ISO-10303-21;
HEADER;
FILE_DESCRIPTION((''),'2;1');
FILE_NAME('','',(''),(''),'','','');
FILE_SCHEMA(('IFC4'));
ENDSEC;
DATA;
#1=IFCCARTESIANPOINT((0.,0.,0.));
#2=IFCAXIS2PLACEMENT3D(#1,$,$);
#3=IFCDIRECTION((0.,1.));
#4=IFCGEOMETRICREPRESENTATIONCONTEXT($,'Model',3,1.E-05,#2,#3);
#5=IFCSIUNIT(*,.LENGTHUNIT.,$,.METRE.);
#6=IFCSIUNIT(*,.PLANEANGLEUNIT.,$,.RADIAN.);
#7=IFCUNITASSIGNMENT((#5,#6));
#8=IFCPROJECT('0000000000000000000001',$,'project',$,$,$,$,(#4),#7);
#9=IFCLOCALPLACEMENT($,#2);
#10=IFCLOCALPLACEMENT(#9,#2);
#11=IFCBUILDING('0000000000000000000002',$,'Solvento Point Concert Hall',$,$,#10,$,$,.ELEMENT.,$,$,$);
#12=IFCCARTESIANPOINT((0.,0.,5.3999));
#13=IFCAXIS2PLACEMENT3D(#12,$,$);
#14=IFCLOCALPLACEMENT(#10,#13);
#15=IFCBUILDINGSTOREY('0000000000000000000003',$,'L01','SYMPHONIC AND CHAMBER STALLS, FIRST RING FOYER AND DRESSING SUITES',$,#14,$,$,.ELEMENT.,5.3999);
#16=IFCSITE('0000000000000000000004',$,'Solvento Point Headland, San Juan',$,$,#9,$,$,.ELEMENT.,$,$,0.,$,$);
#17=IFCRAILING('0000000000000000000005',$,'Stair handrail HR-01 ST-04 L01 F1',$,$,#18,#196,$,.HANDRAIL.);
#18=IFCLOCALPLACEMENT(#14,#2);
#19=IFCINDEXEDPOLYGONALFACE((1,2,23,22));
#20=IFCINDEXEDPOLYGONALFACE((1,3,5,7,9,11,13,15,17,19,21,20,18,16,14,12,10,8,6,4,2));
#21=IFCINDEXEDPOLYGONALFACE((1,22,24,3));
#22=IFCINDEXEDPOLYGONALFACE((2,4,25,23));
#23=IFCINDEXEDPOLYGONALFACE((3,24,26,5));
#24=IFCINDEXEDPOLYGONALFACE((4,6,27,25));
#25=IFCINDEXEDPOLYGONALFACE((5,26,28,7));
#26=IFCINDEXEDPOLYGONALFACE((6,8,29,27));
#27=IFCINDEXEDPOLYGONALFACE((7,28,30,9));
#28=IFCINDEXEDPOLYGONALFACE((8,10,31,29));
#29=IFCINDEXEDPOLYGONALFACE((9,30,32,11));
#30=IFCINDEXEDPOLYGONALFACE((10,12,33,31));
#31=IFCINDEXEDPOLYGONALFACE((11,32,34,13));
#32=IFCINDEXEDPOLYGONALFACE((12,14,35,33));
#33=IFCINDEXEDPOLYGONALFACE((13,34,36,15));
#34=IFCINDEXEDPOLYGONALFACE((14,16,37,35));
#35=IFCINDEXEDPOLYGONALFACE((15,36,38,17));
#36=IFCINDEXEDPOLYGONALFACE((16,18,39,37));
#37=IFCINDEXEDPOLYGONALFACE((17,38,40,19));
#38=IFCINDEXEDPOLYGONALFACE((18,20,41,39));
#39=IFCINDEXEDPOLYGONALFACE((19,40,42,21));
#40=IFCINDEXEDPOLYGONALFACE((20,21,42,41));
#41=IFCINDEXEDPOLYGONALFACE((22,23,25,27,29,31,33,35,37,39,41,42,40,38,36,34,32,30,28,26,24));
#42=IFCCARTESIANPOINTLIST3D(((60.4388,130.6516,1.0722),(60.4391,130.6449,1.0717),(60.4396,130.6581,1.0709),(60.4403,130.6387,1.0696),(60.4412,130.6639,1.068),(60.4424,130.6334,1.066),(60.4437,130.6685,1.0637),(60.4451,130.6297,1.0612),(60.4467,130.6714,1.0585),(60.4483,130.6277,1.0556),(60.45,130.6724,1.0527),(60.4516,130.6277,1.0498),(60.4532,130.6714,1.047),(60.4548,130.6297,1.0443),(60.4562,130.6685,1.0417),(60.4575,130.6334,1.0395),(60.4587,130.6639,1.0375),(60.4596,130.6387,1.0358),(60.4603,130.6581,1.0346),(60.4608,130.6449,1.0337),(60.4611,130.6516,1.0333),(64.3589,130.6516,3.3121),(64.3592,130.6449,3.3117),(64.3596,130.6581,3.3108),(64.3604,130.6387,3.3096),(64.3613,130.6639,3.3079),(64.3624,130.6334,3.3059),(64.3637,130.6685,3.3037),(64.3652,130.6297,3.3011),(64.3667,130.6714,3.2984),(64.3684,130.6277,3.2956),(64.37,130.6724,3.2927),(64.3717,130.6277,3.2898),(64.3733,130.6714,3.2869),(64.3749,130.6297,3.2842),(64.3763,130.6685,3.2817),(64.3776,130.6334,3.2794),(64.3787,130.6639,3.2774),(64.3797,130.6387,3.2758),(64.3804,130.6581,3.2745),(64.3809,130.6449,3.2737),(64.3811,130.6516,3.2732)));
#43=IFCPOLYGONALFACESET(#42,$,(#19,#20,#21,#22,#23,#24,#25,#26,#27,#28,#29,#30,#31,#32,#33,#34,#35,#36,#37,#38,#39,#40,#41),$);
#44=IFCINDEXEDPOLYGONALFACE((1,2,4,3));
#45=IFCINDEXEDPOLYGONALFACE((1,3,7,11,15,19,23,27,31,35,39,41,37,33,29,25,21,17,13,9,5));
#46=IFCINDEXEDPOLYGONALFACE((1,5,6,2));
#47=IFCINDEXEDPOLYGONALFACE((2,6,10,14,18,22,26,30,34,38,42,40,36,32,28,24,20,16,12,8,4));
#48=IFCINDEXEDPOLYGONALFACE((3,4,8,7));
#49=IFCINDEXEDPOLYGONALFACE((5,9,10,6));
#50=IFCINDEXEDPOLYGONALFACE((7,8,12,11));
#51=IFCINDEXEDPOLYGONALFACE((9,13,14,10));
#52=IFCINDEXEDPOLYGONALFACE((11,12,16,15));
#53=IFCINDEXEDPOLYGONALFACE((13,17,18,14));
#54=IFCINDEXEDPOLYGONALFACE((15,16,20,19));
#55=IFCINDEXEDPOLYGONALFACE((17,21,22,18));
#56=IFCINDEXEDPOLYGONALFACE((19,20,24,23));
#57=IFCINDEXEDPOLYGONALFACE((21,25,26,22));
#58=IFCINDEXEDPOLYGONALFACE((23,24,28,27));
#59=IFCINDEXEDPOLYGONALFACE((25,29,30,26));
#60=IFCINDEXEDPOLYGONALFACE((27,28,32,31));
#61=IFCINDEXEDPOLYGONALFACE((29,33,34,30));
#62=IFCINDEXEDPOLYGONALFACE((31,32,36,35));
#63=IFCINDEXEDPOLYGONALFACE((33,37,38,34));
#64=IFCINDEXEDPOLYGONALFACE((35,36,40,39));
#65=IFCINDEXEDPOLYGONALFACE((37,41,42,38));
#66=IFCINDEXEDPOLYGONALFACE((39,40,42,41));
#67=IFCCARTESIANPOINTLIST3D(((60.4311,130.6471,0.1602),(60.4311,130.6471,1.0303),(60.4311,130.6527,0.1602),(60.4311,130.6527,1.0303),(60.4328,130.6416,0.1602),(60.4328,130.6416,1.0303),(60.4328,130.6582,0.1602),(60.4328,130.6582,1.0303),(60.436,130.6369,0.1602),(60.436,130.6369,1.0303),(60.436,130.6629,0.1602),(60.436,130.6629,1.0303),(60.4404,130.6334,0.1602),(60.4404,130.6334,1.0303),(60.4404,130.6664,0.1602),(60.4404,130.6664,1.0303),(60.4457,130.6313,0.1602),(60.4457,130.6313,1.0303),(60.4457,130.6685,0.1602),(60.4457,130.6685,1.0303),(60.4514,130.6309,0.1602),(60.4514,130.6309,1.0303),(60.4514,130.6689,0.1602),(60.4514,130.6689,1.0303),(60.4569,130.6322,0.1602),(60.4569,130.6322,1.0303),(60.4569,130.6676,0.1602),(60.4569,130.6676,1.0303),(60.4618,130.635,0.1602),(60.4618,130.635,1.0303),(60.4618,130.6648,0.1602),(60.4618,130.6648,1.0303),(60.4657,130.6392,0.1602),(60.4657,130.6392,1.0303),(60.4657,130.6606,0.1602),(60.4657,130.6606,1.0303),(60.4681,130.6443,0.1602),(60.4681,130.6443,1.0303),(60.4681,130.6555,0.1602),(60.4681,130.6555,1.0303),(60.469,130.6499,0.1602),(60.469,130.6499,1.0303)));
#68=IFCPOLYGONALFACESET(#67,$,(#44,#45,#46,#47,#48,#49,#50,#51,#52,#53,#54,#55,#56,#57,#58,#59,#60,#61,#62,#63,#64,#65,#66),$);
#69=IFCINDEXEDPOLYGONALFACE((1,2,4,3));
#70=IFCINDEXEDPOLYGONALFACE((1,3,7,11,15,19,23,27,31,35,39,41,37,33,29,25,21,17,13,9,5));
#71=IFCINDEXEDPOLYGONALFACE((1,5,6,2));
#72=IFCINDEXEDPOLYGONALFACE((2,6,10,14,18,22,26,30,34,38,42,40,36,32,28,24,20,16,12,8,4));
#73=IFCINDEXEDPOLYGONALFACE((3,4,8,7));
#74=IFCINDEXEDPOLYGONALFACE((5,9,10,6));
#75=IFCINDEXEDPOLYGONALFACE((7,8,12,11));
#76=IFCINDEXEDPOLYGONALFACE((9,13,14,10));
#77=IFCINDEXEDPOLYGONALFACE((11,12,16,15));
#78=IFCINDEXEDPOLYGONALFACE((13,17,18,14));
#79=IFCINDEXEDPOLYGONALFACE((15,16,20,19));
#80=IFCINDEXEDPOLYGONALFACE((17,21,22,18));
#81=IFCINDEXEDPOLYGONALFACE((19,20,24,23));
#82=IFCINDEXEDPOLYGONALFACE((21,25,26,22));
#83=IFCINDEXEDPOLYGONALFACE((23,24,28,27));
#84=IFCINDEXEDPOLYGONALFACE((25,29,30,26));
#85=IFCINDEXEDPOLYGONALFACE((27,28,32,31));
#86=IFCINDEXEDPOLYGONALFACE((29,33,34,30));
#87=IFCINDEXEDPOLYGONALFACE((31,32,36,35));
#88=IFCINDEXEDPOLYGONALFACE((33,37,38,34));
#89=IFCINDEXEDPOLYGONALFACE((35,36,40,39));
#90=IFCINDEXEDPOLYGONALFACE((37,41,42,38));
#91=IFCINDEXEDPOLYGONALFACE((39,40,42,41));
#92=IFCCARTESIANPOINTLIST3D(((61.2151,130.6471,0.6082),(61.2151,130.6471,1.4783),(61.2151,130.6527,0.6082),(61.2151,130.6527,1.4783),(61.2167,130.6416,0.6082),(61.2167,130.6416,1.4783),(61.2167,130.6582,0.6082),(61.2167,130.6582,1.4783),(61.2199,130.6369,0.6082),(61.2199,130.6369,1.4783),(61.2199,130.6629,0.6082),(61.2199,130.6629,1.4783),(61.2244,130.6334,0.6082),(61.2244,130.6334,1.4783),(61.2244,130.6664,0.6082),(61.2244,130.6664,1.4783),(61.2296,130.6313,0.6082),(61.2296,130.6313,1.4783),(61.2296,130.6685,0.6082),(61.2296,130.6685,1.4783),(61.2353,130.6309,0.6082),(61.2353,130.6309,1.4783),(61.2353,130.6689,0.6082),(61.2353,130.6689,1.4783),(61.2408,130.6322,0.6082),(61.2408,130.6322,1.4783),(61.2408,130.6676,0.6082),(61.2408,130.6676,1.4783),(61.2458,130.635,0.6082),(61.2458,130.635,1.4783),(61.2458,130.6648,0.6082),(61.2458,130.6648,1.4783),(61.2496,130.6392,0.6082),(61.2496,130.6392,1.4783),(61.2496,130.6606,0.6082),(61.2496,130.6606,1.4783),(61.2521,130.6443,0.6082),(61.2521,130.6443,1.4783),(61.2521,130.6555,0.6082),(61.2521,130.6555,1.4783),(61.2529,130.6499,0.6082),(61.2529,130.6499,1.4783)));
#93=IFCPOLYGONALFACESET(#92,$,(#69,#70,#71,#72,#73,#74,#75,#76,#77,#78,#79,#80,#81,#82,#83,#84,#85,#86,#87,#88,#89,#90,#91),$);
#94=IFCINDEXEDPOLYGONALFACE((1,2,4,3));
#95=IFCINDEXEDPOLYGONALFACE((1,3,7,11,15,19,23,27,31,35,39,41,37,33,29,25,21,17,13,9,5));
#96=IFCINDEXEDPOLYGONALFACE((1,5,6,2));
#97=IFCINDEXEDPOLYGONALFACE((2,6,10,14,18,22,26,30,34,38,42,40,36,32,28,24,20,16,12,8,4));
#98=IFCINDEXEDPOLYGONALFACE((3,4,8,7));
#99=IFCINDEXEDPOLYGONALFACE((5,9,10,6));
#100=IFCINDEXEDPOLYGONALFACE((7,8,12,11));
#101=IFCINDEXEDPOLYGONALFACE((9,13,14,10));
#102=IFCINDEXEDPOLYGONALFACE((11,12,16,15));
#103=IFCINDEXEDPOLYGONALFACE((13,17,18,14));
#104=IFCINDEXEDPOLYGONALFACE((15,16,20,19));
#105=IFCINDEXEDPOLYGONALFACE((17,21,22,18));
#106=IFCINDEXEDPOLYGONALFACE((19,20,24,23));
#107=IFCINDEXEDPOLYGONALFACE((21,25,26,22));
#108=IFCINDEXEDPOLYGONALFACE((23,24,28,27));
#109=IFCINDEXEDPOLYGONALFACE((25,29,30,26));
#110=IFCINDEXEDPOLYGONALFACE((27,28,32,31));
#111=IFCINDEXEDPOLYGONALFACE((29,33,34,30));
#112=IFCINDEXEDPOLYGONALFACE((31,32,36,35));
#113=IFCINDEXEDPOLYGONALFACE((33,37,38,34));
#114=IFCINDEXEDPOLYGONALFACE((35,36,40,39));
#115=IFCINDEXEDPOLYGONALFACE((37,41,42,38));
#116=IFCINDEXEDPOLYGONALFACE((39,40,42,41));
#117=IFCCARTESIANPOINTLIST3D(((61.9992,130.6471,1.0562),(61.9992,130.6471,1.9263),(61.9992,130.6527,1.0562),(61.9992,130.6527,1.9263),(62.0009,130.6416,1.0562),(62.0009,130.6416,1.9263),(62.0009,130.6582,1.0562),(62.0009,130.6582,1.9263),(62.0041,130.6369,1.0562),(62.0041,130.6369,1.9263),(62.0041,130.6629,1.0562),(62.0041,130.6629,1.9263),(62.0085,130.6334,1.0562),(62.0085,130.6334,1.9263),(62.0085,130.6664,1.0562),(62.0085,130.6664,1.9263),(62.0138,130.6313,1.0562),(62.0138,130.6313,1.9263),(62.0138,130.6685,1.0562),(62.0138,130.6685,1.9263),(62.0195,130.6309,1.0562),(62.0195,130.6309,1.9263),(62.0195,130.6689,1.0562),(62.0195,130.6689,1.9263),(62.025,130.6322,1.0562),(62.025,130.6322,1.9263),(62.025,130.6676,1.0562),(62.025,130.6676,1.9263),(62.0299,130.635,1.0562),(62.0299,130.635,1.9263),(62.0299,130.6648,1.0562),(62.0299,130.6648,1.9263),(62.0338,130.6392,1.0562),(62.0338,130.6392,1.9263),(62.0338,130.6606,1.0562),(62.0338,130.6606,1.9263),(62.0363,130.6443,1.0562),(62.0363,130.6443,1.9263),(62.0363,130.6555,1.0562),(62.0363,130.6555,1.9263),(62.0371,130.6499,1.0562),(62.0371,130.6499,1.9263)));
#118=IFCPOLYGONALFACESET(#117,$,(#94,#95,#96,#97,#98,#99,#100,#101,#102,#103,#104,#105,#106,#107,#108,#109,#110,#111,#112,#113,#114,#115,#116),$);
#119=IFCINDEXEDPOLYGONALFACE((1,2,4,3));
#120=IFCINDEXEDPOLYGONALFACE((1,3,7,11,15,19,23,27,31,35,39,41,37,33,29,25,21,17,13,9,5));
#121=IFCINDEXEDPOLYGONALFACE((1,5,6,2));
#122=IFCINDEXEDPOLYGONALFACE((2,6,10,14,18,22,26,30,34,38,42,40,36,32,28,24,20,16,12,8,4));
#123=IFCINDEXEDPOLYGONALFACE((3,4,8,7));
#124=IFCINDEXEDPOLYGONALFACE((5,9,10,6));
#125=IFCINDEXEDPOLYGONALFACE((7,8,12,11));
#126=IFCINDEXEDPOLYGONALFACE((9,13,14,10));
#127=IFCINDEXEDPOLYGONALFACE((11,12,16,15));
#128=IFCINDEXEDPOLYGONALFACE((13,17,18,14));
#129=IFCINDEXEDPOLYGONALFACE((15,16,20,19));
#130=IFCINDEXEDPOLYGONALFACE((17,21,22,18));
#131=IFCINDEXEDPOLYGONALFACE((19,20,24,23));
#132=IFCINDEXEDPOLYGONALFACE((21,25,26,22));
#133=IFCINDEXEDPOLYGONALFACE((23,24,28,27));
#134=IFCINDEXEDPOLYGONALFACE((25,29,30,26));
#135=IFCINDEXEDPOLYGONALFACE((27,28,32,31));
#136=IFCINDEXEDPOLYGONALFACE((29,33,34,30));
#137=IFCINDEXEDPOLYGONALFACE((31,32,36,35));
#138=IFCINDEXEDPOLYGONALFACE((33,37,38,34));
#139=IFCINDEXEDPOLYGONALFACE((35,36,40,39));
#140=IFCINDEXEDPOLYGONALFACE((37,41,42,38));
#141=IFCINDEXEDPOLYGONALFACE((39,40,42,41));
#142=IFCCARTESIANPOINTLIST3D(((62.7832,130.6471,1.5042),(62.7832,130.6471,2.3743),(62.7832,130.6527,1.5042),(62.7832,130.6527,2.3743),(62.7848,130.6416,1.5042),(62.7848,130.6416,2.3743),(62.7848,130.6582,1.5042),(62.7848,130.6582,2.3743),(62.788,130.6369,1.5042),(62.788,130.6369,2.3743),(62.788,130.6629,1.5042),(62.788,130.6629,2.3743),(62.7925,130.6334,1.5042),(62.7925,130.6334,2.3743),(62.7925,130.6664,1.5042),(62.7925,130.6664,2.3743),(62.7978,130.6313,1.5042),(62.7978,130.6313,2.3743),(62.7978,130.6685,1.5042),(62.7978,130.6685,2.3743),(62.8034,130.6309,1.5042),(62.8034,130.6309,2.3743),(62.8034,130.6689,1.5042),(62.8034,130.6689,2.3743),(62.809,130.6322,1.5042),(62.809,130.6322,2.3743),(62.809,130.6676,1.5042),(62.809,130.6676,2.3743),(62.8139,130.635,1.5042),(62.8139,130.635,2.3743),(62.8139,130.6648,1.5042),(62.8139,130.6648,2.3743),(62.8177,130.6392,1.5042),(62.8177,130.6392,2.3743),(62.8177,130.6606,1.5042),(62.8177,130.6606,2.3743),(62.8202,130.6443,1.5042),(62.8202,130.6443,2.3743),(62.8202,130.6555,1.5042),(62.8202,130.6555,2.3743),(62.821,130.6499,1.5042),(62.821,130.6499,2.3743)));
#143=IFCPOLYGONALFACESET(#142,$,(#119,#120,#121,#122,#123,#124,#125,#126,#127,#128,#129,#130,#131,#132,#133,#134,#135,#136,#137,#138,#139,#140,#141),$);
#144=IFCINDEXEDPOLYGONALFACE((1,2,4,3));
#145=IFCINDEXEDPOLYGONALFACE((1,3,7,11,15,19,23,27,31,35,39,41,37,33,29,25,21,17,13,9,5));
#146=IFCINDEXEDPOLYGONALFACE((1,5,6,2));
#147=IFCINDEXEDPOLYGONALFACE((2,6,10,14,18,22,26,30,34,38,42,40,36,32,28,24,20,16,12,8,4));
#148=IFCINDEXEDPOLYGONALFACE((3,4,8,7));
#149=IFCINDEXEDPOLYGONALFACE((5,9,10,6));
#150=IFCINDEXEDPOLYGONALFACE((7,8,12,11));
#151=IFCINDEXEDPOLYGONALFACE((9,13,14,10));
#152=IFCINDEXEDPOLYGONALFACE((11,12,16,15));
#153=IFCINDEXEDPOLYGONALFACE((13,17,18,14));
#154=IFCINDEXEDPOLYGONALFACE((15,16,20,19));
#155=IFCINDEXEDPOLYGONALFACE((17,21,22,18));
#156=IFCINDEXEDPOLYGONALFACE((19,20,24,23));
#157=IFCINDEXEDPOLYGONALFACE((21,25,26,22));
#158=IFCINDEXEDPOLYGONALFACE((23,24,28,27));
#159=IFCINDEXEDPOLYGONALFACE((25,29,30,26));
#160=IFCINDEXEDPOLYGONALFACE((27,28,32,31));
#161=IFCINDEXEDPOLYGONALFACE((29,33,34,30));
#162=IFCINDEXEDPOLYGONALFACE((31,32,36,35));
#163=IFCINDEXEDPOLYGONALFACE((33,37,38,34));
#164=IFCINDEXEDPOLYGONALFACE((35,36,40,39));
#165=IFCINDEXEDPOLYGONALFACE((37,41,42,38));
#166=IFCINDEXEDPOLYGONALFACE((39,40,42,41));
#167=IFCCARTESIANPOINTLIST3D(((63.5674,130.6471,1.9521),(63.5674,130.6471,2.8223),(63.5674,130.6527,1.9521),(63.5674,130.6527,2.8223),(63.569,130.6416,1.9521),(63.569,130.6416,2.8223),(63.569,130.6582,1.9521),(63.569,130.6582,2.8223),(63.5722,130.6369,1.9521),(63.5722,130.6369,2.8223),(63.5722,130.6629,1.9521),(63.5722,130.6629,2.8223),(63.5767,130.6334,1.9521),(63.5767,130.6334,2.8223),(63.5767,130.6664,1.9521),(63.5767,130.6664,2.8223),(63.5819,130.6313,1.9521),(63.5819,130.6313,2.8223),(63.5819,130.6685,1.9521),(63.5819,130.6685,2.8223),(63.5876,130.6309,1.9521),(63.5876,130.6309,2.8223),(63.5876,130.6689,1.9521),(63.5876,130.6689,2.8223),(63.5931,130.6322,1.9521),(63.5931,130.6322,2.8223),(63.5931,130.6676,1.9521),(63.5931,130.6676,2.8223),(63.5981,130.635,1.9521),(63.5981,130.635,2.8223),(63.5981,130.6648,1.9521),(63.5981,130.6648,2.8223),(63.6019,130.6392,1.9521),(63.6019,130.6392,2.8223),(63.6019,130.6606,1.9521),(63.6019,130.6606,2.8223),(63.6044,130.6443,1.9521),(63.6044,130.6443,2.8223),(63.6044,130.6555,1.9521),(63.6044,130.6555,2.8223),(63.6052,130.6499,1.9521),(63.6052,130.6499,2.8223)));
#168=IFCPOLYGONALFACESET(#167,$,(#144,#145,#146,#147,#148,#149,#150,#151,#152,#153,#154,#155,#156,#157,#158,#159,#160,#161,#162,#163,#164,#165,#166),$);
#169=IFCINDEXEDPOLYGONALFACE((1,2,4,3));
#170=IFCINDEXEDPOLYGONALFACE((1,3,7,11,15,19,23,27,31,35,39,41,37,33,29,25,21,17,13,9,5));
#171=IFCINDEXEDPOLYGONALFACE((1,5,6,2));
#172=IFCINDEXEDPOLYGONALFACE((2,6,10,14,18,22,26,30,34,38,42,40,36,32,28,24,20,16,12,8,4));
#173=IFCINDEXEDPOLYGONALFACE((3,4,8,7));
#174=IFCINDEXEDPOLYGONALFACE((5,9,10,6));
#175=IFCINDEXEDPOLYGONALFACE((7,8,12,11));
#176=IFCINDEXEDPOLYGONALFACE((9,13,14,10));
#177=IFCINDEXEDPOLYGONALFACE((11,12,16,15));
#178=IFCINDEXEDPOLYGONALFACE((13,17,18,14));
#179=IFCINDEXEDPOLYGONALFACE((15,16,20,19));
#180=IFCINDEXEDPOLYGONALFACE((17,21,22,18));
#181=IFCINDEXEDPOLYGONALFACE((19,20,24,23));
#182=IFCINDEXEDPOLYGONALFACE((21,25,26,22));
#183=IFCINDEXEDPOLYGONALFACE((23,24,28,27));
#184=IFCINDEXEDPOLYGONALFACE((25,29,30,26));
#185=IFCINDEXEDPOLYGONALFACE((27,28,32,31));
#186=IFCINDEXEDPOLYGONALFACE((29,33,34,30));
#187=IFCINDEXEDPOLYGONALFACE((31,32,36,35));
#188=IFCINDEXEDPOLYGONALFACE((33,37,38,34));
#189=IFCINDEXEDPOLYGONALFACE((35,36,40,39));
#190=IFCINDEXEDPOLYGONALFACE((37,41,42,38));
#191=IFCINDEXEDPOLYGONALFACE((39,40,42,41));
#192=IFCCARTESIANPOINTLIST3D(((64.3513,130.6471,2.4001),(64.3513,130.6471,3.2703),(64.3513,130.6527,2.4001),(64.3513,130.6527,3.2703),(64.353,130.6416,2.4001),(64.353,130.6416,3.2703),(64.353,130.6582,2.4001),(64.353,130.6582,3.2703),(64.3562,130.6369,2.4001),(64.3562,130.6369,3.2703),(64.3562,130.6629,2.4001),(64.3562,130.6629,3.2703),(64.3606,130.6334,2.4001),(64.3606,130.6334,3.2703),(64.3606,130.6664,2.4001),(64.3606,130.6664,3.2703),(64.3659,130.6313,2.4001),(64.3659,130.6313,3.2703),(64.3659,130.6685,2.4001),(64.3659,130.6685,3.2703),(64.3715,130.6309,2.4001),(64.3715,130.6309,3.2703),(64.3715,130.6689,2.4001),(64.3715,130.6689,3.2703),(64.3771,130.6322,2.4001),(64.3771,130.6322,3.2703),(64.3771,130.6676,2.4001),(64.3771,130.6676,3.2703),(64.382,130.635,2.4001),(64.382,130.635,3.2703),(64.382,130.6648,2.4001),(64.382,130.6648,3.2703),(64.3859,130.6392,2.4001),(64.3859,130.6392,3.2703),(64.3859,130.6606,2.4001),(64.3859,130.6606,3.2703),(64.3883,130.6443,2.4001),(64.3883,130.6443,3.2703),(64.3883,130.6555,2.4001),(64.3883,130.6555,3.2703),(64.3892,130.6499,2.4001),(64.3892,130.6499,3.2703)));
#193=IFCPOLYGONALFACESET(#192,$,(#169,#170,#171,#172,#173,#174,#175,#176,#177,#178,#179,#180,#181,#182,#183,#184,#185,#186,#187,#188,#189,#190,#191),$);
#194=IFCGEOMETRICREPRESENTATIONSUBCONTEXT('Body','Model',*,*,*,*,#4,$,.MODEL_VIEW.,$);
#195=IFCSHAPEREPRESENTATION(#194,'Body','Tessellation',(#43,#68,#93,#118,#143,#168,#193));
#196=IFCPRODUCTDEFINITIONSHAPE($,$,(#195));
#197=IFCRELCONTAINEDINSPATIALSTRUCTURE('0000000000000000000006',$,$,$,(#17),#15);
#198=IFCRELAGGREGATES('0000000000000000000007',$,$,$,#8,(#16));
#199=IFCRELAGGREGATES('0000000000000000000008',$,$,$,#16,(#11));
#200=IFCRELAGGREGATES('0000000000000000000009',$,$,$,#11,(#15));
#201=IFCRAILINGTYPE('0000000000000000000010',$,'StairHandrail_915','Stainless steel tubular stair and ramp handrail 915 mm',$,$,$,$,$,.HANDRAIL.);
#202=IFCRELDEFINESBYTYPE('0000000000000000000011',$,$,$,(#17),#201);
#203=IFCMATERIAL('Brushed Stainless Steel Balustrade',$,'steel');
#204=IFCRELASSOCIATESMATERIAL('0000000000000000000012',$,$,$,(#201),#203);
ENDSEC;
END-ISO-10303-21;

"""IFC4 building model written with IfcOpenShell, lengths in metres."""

from ifc_helpers import new_model, si_unit, direction, frame, origin, origin_2d, place, context, subcontext, project, spatial, circle, extrude, material, type_object, element, save


model = new_model("IFC4")

# Units and contexts
model_context = context("Model", 3, precision=1e-05, world=origin(), true_north=direction((0.0, 1.0)))
body_context = subcontext(model_context, "Body", "Model", "MODEL_VIEW")
ifc_project = project(units=[si_unit("LENGTHUNIT", "METRE"), si_unit("PLANEANGLEUNIT", "RADIAN")], contexts=[model_context])

# Site, building, storey
site_placement = place(None, origin())
site = spatial("IfcSite", under=ifc_project, at=site_placement, Name="Solvento Point Headland, San Juan", CompositionType="ELEMENT", RefElevation=0.0)
building_placement = place(site_placement, origin())
building = spatial("IfcBuilding", under=site, at=building_placement, Name="Solvento Point Concert Hall", CompositionType="ELEMENT")
storey_placement = place(building_placement, frame((0.0, 0.0, 5.3999)))
storey = spatial("IfcBuildingStorey", under=building, at=storey_placement, Name="L01", Description="SYMPHONIC AND CHAMBER STALLS, FIRST RING FOYER AND DRESSING SUITES", CompositionType="ELEMENT", Elevation=5.3999)

# Railing
ifc_material_1 = material(Name="Brushed Stainless Steel Balustrade", Category="steel")
railing_type_1 = type_object("IfcRailingType", Name="StairHandrail_915", Description="Stainless steel tubular stair and ramp handrail 915 mm", PredefinedType="HANDRAIL", material=ifc_material_1)
railing_1_placement = place(storey_placement, frame((60.45, 130.6499, 0.1602)))
element("IfcRailing", 1, at=railing_1_placement, inside=storey, type_object=railing_type_1, Name="Stair handrail HR-01 ST-04 L01 F1", PredefinedType="HANDRAIL", context=body_context, shape_type="SweptSolid", body=[
    extrude(circle(Radius=0.0225, at=origin_2d()), frame((0.0, 0.0, 0.8926), z_axis=(0.868253, 0.0, 0.496121), x_axis=(0.0, 1.0, 0.0)), (0.0, 0.0, 1.0), 4.5149),
    extrude(circle(Radius=0.019, at=origin_2d()), origin(), (0.0, 0.0, 1.0), 0.8701),
    extrude(circle(Radius=0.019, at=origin_2d()), frame((0.7839, 0.0, 0.448)), (0.0, 0.0, 1.0), 0.8701),
    extrude(circle(Radius=0.019, at=origin_2d()), frame((1.5681, 0.0, 0.896)), (0.0, 0.0, 1.0), 0.8701),
    extrude(circle(Radius=0.019, at=origin_2d()), frame((2.3521, 0.0, 1.344)), (0.0, 0.0, 1.0), 0.8701),
    extrude(circle(Radius=0.019, at=origin_2d()), frame((3.1362, 0.0, 1.792)), (0.0, 0.0, 1.0), 0.8701),
    extrude(circle(Radius=0.019, at=origin_2d()), frame((3.9202, 0.0, 2.24)), (0.0, 0.0, 1.0), 0.8701),
])

save(model, "model.ifc")
